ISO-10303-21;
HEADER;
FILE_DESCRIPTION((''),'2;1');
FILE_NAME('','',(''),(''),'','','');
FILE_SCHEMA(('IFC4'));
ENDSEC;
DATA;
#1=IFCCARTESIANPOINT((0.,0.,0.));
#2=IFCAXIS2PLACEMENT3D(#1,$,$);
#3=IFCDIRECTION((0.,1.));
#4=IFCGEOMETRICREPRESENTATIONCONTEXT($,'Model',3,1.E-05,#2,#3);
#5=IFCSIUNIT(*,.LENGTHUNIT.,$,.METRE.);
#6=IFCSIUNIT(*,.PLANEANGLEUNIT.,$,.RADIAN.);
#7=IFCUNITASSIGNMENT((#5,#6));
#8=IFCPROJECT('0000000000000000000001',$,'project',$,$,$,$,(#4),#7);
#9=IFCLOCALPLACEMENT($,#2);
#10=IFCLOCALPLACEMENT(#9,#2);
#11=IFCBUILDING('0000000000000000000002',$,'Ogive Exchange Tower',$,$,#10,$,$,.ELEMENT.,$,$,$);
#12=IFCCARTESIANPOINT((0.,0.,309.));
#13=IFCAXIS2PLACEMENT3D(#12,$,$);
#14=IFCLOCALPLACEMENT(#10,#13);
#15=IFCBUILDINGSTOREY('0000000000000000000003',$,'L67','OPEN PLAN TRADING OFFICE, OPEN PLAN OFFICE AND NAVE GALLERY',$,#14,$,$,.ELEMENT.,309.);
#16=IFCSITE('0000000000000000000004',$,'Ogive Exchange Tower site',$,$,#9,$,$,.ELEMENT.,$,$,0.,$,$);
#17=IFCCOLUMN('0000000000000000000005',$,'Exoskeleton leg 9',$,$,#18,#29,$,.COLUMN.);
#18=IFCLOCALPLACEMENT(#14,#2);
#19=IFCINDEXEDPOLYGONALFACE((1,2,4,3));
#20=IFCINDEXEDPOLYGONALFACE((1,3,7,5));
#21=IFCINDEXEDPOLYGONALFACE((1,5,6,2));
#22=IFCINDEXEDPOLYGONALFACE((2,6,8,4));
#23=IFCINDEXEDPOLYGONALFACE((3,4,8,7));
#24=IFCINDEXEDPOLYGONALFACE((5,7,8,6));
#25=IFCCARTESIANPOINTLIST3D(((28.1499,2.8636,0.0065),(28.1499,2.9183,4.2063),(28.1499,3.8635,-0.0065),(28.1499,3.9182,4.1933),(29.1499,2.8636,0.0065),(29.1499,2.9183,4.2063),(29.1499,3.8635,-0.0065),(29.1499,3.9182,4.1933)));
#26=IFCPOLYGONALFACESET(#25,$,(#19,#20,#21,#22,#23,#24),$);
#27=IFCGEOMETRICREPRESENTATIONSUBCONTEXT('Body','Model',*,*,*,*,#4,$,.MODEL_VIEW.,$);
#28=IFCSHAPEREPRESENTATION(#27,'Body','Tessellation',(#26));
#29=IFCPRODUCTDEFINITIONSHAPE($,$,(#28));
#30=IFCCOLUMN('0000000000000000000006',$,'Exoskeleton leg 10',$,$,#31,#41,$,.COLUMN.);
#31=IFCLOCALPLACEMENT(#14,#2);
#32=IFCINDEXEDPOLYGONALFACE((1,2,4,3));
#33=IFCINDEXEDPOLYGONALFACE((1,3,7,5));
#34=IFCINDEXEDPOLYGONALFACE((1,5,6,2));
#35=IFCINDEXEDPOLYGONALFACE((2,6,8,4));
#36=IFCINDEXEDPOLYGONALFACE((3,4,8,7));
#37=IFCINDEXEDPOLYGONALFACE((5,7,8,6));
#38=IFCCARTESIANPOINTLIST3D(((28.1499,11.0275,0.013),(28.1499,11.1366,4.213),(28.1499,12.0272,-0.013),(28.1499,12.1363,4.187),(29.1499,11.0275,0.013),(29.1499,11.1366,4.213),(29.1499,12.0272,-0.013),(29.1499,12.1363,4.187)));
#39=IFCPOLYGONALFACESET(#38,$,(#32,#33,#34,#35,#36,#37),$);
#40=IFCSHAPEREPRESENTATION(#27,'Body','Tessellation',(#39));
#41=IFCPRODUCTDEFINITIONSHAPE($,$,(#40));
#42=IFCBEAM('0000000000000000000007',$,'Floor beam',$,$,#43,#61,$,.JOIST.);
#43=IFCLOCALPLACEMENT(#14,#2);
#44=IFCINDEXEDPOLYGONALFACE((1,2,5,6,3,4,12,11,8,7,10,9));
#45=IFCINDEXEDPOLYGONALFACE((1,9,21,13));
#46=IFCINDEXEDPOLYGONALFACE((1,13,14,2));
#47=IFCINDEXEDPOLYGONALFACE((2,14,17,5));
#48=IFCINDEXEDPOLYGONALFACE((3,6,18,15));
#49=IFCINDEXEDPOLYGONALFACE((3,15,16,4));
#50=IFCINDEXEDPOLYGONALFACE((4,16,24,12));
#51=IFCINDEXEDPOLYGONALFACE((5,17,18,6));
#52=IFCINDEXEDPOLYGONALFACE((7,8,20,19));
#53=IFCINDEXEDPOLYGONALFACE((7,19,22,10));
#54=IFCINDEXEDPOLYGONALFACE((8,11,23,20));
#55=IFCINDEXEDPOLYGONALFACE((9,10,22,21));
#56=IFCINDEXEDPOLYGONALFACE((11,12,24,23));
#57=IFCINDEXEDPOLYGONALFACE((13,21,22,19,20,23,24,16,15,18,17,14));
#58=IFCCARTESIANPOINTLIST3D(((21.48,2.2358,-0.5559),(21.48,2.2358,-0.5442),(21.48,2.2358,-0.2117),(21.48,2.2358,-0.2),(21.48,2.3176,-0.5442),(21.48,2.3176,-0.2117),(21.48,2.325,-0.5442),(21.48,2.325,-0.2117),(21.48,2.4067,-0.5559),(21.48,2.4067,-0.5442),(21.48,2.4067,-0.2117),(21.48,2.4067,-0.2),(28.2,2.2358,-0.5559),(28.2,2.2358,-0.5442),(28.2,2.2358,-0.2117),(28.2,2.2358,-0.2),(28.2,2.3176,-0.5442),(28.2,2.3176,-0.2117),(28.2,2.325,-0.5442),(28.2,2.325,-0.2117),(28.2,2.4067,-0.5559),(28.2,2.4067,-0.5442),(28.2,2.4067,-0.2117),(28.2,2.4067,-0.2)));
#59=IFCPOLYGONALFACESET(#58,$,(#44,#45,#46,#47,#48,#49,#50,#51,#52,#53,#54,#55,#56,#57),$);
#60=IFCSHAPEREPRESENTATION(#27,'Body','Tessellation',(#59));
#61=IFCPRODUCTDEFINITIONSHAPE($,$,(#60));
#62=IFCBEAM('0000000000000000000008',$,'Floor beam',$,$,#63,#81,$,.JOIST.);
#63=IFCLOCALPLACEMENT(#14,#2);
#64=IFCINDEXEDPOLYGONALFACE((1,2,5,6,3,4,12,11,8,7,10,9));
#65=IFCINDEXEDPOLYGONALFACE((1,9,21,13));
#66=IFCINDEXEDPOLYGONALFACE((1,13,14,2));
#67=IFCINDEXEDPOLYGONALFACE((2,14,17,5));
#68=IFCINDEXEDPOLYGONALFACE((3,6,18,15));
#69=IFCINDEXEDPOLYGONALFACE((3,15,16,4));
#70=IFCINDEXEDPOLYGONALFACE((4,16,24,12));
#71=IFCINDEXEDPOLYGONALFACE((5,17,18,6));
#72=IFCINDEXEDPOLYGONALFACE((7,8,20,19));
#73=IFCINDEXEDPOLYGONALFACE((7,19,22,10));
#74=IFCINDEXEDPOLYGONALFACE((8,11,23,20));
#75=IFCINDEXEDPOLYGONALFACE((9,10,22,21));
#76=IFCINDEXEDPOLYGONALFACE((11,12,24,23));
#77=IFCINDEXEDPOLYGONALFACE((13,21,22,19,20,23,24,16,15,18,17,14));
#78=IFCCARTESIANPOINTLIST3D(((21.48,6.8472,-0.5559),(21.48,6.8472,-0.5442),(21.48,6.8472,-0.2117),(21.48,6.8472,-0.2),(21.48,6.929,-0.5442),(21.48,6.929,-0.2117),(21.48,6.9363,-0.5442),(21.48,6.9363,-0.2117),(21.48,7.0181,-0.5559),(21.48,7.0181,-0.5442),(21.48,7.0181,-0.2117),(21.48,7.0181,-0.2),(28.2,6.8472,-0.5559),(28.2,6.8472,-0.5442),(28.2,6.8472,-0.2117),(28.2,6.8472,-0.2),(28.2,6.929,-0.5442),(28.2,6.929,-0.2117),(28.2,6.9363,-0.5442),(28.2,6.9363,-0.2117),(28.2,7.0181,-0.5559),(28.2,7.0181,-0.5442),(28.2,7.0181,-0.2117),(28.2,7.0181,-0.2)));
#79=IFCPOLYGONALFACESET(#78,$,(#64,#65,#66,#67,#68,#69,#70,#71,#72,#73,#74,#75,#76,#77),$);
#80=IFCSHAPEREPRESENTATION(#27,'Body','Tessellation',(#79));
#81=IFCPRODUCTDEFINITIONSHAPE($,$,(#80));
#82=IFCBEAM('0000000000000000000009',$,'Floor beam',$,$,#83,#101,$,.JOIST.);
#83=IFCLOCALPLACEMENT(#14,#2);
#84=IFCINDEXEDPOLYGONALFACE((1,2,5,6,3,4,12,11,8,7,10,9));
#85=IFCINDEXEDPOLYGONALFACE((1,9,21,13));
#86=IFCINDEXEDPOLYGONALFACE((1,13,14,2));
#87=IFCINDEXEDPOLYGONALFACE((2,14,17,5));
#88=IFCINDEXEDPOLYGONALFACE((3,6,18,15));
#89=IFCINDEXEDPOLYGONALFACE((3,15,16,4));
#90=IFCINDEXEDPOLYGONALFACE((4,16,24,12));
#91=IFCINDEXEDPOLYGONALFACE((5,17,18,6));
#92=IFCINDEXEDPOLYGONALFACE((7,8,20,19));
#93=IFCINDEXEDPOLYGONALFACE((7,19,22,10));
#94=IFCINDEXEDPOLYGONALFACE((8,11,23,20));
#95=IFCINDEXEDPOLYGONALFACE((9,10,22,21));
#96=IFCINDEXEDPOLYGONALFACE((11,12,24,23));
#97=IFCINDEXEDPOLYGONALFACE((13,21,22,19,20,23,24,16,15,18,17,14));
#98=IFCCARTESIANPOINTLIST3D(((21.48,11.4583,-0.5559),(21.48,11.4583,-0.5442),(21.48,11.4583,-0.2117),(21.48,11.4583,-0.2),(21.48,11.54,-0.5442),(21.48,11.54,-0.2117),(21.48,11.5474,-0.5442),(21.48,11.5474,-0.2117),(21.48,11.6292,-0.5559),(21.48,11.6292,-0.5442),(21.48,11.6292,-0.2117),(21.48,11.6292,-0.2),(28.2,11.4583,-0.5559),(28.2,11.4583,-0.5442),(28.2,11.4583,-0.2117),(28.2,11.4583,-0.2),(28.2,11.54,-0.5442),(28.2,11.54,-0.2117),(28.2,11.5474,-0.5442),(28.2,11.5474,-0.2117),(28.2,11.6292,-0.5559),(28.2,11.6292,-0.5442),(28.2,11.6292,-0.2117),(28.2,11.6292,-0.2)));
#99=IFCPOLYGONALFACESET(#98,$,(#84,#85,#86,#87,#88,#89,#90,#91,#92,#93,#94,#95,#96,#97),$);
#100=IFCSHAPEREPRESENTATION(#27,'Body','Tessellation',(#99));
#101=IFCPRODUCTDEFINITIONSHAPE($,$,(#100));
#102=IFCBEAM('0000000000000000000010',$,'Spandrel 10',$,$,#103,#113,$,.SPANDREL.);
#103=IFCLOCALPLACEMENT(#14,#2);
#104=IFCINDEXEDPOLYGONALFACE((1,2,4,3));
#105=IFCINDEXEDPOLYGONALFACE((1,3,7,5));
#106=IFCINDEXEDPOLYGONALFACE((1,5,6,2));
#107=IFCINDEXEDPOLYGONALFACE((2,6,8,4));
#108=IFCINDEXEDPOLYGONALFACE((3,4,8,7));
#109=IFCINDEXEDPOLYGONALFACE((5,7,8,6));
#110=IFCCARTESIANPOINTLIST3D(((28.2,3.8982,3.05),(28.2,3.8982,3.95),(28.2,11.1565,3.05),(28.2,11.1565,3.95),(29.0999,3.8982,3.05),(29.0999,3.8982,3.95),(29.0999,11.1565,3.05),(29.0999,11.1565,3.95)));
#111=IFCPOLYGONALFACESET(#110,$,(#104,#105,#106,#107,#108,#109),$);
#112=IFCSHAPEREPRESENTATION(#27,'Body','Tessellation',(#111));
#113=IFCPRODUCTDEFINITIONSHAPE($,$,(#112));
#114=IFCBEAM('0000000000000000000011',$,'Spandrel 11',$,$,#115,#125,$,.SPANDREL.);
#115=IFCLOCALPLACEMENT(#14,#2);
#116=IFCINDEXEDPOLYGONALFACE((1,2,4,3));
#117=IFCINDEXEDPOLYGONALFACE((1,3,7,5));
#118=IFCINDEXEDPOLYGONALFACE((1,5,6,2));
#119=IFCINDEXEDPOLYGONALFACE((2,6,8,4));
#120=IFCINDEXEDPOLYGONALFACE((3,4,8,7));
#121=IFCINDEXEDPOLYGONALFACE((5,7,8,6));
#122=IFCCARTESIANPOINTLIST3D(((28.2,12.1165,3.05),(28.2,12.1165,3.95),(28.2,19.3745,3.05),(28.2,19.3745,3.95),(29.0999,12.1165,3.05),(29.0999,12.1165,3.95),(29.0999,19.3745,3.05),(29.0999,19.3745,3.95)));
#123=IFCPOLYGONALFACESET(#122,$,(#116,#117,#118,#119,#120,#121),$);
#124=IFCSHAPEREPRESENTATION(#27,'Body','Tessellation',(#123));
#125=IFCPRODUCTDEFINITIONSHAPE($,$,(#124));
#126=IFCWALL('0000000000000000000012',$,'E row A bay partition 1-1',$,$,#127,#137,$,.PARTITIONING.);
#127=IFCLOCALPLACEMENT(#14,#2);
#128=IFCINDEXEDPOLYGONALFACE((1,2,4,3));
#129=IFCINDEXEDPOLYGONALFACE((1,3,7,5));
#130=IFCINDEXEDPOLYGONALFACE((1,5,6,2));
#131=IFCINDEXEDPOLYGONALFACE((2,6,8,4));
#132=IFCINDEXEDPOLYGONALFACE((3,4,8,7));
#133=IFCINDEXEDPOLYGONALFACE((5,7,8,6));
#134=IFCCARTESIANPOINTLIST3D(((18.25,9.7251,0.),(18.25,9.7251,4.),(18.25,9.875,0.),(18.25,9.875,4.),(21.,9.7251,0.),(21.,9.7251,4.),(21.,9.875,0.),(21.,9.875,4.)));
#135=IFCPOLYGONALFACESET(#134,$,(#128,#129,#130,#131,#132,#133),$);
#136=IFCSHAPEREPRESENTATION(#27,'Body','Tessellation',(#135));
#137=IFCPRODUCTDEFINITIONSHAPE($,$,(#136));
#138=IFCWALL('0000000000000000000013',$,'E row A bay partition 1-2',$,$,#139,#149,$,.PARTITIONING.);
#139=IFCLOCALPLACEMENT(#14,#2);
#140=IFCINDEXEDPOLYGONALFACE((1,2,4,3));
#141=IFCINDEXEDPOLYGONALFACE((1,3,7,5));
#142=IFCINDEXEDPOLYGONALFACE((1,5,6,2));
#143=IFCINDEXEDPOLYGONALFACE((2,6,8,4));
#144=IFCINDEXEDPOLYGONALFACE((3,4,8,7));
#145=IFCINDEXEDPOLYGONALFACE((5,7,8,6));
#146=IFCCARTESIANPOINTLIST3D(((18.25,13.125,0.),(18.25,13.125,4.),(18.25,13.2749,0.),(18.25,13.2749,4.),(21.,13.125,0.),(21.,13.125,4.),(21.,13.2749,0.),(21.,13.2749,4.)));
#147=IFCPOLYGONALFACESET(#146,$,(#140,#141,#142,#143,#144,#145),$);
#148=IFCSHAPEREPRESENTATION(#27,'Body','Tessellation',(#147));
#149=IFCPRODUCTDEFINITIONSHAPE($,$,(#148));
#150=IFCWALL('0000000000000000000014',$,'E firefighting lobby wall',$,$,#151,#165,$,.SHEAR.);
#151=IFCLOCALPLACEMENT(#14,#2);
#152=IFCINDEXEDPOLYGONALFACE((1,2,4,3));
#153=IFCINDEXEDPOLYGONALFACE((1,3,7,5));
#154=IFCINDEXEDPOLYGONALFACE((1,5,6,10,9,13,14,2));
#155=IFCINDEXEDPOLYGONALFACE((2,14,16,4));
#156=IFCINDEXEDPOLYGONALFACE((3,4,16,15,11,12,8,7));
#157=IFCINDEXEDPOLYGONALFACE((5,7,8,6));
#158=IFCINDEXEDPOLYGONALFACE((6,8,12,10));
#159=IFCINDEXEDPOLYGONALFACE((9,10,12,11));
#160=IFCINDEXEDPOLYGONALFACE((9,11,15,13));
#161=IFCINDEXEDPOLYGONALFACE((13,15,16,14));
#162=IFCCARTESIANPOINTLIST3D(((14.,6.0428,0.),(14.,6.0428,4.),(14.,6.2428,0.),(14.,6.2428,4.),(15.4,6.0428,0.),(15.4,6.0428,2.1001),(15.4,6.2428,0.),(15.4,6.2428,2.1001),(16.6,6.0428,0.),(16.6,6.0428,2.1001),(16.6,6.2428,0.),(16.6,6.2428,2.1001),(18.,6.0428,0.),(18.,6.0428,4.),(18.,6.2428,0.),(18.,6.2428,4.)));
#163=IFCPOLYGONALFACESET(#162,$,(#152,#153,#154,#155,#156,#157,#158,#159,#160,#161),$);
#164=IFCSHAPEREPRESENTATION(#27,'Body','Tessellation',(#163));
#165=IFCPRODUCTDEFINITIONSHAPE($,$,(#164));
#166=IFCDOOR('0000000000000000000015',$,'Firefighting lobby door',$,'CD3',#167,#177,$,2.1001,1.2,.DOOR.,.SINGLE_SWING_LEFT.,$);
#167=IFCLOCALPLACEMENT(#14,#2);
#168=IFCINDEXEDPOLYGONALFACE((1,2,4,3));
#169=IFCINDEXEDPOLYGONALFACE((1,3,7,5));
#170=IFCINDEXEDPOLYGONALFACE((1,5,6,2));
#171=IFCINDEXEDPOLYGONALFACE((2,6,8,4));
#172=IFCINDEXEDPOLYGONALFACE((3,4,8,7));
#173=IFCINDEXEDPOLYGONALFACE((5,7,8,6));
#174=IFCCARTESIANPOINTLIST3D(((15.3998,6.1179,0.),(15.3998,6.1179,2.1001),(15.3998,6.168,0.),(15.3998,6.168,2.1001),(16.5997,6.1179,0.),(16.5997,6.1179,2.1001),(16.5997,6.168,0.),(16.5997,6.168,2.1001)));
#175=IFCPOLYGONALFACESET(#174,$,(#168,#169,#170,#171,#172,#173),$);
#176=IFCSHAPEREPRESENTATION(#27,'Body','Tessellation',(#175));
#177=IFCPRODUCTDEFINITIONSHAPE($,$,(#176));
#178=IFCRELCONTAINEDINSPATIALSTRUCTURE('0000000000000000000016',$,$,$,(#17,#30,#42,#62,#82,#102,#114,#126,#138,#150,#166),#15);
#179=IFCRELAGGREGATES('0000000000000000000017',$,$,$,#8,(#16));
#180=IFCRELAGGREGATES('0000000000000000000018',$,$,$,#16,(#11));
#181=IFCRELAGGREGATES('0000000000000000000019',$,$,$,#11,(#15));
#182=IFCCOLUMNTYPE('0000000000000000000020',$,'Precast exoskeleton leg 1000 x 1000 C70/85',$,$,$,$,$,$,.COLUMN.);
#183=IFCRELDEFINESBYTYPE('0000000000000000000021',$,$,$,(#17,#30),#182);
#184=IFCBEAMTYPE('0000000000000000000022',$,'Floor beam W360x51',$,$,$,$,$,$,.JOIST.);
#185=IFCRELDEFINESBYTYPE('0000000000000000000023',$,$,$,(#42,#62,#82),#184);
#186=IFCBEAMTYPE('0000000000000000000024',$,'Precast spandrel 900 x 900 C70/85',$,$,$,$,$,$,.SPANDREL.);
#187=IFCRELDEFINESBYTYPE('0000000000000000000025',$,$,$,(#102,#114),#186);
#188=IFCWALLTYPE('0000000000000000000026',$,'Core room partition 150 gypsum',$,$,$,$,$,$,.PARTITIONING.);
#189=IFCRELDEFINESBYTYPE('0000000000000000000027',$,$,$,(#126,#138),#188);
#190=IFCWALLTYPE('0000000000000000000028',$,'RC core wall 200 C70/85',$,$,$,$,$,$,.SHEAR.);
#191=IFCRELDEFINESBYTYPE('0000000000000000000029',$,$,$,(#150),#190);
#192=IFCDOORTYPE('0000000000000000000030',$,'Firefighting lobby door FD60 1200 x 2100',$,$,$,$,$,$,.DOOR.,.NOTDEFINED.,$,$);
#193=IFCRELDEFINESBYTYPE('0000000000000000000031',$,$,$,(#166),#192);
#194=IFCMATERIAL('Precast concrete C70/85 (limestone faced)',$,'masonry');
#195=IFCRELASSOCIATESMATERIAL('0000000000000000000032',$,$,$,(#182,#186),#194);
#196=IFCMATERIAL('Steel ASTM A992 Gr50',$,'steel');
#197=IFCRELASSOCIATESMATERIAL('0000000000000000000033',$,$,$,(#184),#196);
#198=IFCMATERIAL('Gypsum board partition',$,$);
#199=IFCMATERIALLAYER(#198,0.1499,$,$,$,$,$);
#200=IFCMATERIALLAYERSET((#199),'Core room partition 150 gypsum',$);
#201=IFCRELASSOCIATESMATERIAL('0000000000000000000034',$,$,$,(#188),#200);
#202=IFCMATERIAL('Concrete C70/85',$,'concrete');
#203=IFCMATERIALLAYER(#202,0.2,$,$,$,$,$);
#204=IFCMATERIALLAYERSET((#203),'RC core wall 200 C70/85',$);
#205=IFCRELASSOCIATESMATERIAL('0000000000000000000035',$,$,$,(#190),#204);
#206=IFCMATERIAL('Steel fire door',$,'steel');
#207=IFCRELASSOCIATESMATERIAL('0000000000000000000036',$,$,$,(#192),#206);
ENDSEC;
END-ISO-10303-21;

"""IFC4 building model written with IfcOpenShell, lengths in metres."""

from ifc_helpers import new_model, si_unit, direction, frame, frame_2d, origin, origin_2d, place, context, subcontext, project, spatial, rectangle, i_section, extrude, material, layer, layer_set, material_profile, profile_set, type_object, element, fill, save


model = new_model("IFC4")

# Units and contexts
model_context = context("Model", 3, precision=1e-05, world=origin(), true_north=direction((0.0, 1.0)))
body_context = subcontext(model_context, "Body", "Model", "MODEL_VIEW")
ifc_project = project(units=[si_unit("LENGTHUNIT", "METRE"), si_unit("PLANEANGLEUNIT", "RADIAN")], contexts=[model_context])

# Site, building, storey
site_placement = place(None, origin())
site = spatial("IfcSite", under=ifc_project, at=site_placement, Name="Ogive Exchange Tower site", CompositionType="ELEMENT", RefElevation=0.0)
building_placement = place(site_placement, origin())
building = spatial("IfcBuilding", under=site, at=building_placement, Name="Ogive Exchange Tower", CompositionType="ELEMENT")
storey_placement = place(building_placement, frame((0.0, 0.0, 309.0)))
storey = spatial("IfcBuildingStorey", under=building, at=storey_placement, Name="L67", Description="OPEN PLAN TRADING OFFICE, OPEN PLAN OFFICE AND NAVE GALLERY", CompositionType="ELEMENT", Elevation=309.0)

# Columns
ifc_material_1 = material(Name="Precast concrete C70/85 (limestone faced)", Category="masonry")
ifc_material_profile_1 = material_profile(ifc_material_1, rectangle(XDim=1.0, YDim=1.0, at=origin_2d()), Name="1000 x 1000")
ifc_profile_set_1 = profile_set([ifc_material_profile_1], Name="Precast concrete C70/85 (limestone faced)")
column_type = type_object("IfcColumnType", Name="Precast exoskeleton leg 1000 x 1000 C70/85", PredefinedType="COLUMN", material=ifc_profile_set_1)
column_1_placement = place(storey_placement, frame((28.6499, 3.3635, 0.0), z_axis=(0.0, 0.01302, 0.999915), x_axis=(-1.0, 0.0, 0.0)))
element("IfcColumn", 1, at=column_1_placement, inside=storey, type_object=column_type, Name="Exoskeleton leg 9", PredefinedType="COLUMN", context=body_context, shape_type="SweptSolid", body=[
    extrude(rectangle(XDim=1.0, YDim=1.0, at=origin_2d()), origin(), (0.0, 0.0, 1.0), 4.2002),
])
column_2_placement = place(storey_placement, frame((28.6499, 11.5273, 0.0), z_axis=(0.0, 0.025975, 0.999663), x_axis=(-1.0, 0.0, 0.0)))
element("IfcColumn", 2, at=column_2_placement, inside=storey, type_object=column_type, Name="Exoskeleton leg 10", PredefinedType="COLUMN", context=body_context, shape_type="SweptSolid", body=[
    extrude(rectangle(XDim=1.0, YDim=1.0, at=origin_2d()), origin(), (0.0, 0.0, 1.0), 4.2014),
])

# Beams
ifc_material_2 = material(Name="Steel ASTM A992 Gr50", Category="steel")
ifc_material_profile_2 = material_profile(ifc_material_2, i_section(OverallWidth=0.1709, OverallDepth=0.356, WebThickness=0.0073, FlangeThickness=0.0117, at=origin_2d()), Name="W360x51")
ifc_profile_set_2 = profile_set([ifc_material_profile_2], Name="Steel ASTM A992 Gr50")
beam_type_1 = type_object("IfcBeamType", Name="Floor beam W360x51", PredefinedType="JOIST", material=ifc_profile_set_2)
for number, where, z_axis, x_axis, name in (
    (3, (21.48, 2.3213, -0.3779), (1.0, 0.0, 0.0), (0.0, 1.0, 0.0), "Floor beam"),
    (4, (21.48, 6.9326, -0.3779), (1.0, 0.0, 0.0), (0.0, 1.0, 0.0), "Floor beam"),
    (5, (21.48, 11.5437, -0.3779), (1.0, 0.0, 0.0), (0.0, 1.0, 0.0), "Floor beam"),
):
    element("IfcBeam", number, at=place(storey_placement, frame(where, z_axis=z_axis, x_axis=x_axis)), inside=storey, type_object=beam_type_1, Name=name, PredefinedType="JOIST", context=body_context, shape_type="SweptSolid", body=[
        extrude(i_section(OverallWidth=0.1709, OverallDepth=0.356, WebThickness=0.0073, FlangeThickness=0.0117, at=origin_2d()), origin(), (0.0, 0.0, 1.0), 6.72),
    ])
ifc_material_profile_3 = material_profile(ifc_material_1, rectangle(XDim=0.8999, YDim=0.8999, at=origin_2d()), Name="900 x 900")
ifc_profile_set_3 = profile_set([ifc_material_profile_3], Name="Precast concrete C70/85 (limestone faced)")
beam_type_2 = type_object("IfcBeamType", Name="Precast spandrel 900 x 900 C70/85", PredefinedType="SPANDREL", material=ifc_profile_set_3)
beam_1_placement = place(storey_placement, frame((28.6499, 3.8982, 3.5), z_axis=(0.0, 1.0, 0.0), x_axis=(-1.0, 0.0, 0.0)))
element("IfcBeam", 6, at=beam_1_placement, inside=storey, type_object=beam_type_2, Name="Spandrel 10", PredefinedType="SPANDREL", context=body_context, shape_type="SweptSolid", body=[
    extrude(rectangle(XDim=0.8999, YDim=0.8999, at=origin_2d()), origin(), (0.0, 0.0, 1.0), 7.2583),
])
beam_2_placement = place(storey_placement, frame((28.6499, 12.1165, 3.5), z_axis=(0.0, 1.0, 0.0), x_axis=(-1.0, 0.0, 0.0)))
element("IfcBeam", 7, at=beam_2_placement, inside=storey, type_object=beam_type_2, Name="Spandrel 11", PredefinedType="SPANDREL", context=body_context, shape_type="SweptSolid", body=[
    extrude(rectangle(XDim=0.8999, YDim=0.8999, at=origin_2d()), origin(), (0.0, 0.0, 1.0), 7.2581),
])

# Walls
ifc_material_3 = material(Name="Gypsum board partition")
ifc_layer_1 = layer(ifc_material_3, 0.1499)
ifc_layer_set_1 = layer_set([ifc_layer_1], Name="Core room partition 150 gypsum")
wall_type_1 = type_object("IfcWallType", Name="Core room partition 150 gypsum", PredefinedType="PARTITIONING", material=ifc_layer_set_1)
for number, where, z_axis, x_axis, name in (
    (8, (18.25, 9.8, 0.0), (0.0, 0.0, 1.0), (1.0, 0.0, 0.0), "E row A bay partition 1-1"),
    (9, (18.25, 13.2, 0.0), (0.0, 0.0, 1.0), (1.0, 0.0, 0.0), "E row A bay partition 1-2"),
):
    element("IfcWall", number, at=place(storey_placement, frame(where, z_axis=z_axis, x_axis=x_axis)), inside=storey, type_object=wall_type_1, Name=name, PredefinedType="PARTITIONING", context=body_context, shape_type="SweptSolid", body=[
        extrude(rectangle(XDim=2.75, YDim=0.1499, at=frame_2d((1.375, 0.0))), origin(), (0.0, 0.0, 1.0), 4.0),
    ])

# Wall, opening, door
ifc_material_4 = material(Name="Concrete C70/85", Category="concrete")
ifc_layer_2 = layer(ifc_material_4, 0.2)
ifc_layer_set_2 = layer_set([ifc_layer_2], Name="RC core wall 200 C70/85")
wall_type_2 = type_object("IfcWallType", Name="RC core wall 200 C70/85", PredefinedType="SHEAR", material=ifc_layer_set_2)
wall_1_placement = place(storey_placement, frame((14.0, 6.1428, 0.0), z_axis=(0.0, 0.0, 1.0), x_axis=(1.0, 0.0, 0.0)))
wall_1 = element("IfcWall", 10, at=wall_1_placement, inside=storey, type_object=wall_type_2, Name="E firefighting lobby wall", PredefinedType="SHEAR", context=body_context, shape_type="SweptSolid", body=[
    extrude(rectangle(XDim=4.0, YDim=0.2, at=frame_2d((2.0, 0.0))), origin(), (0.0, 0.0, 1.0), 4.0),
])
opening_1_placement = place(wall_1_placement, frame((1.3999, 0.0, 0.0)))
opening_1 = element("IfcOpeningElement", 11, at=opening_1_placement, cuts=wall_1, PredefinedType="OPENING", context=body_context, shape_type="SweptSolid", body=[
    extrude(rectangle(XDim=1.2, YDim=2.1001, at=frame_2d((0.6001, 1.05))), frame((0.0, 0.1099, 0.0), z_axis=(0.0, -1.0, 0.0), x_axis=(1.0, 0.0, 0.0)), (0.0, 0.0, 1.0), 0.22),
])
ifc_material_5 = material(Name="Steel fire door", Category="steel")
door_type_1 = type_object("IfcDoorType", Name="Firefighting lobby door FD60 1200 x 2100", OperationType="NOTDEFINED", PredefinedType="DOOR", material=ifc_material_5)
door_1_placement = place(opening_1_placement, frame((1.2, 0.0, 0.0), z_axis=(0.0, 0.0, 1.0), x_axis=(-1.0, 0.0, 0.0)))
door_1 = element("IfcDoor", 12, at=door_1_placement, inside=storey, type_object=door_type_1, Name="Firefighting lobby door", ObjectType="CD3", OperationType="SINGLE_SWING_LEFT", OverallHeight=2.1001, OverallWidth=1.2, PredefinedType="DOOR", context=body_context, shape_type="SweptSolid", body=[
    extrude(rectangle(XDim=1.2, YDim=2.1001, at=frame_2d((0.6001, 1.05))), frame((0.0, 0.0249, 0.0), z_axis=(0.0, -1.0, 0.0), x_axis=(1.0, 0.0, 0.0)), (0.0, 0.0, 1.0), 0.05),
])
fill(opening_1, door_1)

save(model, "model.ifc")
